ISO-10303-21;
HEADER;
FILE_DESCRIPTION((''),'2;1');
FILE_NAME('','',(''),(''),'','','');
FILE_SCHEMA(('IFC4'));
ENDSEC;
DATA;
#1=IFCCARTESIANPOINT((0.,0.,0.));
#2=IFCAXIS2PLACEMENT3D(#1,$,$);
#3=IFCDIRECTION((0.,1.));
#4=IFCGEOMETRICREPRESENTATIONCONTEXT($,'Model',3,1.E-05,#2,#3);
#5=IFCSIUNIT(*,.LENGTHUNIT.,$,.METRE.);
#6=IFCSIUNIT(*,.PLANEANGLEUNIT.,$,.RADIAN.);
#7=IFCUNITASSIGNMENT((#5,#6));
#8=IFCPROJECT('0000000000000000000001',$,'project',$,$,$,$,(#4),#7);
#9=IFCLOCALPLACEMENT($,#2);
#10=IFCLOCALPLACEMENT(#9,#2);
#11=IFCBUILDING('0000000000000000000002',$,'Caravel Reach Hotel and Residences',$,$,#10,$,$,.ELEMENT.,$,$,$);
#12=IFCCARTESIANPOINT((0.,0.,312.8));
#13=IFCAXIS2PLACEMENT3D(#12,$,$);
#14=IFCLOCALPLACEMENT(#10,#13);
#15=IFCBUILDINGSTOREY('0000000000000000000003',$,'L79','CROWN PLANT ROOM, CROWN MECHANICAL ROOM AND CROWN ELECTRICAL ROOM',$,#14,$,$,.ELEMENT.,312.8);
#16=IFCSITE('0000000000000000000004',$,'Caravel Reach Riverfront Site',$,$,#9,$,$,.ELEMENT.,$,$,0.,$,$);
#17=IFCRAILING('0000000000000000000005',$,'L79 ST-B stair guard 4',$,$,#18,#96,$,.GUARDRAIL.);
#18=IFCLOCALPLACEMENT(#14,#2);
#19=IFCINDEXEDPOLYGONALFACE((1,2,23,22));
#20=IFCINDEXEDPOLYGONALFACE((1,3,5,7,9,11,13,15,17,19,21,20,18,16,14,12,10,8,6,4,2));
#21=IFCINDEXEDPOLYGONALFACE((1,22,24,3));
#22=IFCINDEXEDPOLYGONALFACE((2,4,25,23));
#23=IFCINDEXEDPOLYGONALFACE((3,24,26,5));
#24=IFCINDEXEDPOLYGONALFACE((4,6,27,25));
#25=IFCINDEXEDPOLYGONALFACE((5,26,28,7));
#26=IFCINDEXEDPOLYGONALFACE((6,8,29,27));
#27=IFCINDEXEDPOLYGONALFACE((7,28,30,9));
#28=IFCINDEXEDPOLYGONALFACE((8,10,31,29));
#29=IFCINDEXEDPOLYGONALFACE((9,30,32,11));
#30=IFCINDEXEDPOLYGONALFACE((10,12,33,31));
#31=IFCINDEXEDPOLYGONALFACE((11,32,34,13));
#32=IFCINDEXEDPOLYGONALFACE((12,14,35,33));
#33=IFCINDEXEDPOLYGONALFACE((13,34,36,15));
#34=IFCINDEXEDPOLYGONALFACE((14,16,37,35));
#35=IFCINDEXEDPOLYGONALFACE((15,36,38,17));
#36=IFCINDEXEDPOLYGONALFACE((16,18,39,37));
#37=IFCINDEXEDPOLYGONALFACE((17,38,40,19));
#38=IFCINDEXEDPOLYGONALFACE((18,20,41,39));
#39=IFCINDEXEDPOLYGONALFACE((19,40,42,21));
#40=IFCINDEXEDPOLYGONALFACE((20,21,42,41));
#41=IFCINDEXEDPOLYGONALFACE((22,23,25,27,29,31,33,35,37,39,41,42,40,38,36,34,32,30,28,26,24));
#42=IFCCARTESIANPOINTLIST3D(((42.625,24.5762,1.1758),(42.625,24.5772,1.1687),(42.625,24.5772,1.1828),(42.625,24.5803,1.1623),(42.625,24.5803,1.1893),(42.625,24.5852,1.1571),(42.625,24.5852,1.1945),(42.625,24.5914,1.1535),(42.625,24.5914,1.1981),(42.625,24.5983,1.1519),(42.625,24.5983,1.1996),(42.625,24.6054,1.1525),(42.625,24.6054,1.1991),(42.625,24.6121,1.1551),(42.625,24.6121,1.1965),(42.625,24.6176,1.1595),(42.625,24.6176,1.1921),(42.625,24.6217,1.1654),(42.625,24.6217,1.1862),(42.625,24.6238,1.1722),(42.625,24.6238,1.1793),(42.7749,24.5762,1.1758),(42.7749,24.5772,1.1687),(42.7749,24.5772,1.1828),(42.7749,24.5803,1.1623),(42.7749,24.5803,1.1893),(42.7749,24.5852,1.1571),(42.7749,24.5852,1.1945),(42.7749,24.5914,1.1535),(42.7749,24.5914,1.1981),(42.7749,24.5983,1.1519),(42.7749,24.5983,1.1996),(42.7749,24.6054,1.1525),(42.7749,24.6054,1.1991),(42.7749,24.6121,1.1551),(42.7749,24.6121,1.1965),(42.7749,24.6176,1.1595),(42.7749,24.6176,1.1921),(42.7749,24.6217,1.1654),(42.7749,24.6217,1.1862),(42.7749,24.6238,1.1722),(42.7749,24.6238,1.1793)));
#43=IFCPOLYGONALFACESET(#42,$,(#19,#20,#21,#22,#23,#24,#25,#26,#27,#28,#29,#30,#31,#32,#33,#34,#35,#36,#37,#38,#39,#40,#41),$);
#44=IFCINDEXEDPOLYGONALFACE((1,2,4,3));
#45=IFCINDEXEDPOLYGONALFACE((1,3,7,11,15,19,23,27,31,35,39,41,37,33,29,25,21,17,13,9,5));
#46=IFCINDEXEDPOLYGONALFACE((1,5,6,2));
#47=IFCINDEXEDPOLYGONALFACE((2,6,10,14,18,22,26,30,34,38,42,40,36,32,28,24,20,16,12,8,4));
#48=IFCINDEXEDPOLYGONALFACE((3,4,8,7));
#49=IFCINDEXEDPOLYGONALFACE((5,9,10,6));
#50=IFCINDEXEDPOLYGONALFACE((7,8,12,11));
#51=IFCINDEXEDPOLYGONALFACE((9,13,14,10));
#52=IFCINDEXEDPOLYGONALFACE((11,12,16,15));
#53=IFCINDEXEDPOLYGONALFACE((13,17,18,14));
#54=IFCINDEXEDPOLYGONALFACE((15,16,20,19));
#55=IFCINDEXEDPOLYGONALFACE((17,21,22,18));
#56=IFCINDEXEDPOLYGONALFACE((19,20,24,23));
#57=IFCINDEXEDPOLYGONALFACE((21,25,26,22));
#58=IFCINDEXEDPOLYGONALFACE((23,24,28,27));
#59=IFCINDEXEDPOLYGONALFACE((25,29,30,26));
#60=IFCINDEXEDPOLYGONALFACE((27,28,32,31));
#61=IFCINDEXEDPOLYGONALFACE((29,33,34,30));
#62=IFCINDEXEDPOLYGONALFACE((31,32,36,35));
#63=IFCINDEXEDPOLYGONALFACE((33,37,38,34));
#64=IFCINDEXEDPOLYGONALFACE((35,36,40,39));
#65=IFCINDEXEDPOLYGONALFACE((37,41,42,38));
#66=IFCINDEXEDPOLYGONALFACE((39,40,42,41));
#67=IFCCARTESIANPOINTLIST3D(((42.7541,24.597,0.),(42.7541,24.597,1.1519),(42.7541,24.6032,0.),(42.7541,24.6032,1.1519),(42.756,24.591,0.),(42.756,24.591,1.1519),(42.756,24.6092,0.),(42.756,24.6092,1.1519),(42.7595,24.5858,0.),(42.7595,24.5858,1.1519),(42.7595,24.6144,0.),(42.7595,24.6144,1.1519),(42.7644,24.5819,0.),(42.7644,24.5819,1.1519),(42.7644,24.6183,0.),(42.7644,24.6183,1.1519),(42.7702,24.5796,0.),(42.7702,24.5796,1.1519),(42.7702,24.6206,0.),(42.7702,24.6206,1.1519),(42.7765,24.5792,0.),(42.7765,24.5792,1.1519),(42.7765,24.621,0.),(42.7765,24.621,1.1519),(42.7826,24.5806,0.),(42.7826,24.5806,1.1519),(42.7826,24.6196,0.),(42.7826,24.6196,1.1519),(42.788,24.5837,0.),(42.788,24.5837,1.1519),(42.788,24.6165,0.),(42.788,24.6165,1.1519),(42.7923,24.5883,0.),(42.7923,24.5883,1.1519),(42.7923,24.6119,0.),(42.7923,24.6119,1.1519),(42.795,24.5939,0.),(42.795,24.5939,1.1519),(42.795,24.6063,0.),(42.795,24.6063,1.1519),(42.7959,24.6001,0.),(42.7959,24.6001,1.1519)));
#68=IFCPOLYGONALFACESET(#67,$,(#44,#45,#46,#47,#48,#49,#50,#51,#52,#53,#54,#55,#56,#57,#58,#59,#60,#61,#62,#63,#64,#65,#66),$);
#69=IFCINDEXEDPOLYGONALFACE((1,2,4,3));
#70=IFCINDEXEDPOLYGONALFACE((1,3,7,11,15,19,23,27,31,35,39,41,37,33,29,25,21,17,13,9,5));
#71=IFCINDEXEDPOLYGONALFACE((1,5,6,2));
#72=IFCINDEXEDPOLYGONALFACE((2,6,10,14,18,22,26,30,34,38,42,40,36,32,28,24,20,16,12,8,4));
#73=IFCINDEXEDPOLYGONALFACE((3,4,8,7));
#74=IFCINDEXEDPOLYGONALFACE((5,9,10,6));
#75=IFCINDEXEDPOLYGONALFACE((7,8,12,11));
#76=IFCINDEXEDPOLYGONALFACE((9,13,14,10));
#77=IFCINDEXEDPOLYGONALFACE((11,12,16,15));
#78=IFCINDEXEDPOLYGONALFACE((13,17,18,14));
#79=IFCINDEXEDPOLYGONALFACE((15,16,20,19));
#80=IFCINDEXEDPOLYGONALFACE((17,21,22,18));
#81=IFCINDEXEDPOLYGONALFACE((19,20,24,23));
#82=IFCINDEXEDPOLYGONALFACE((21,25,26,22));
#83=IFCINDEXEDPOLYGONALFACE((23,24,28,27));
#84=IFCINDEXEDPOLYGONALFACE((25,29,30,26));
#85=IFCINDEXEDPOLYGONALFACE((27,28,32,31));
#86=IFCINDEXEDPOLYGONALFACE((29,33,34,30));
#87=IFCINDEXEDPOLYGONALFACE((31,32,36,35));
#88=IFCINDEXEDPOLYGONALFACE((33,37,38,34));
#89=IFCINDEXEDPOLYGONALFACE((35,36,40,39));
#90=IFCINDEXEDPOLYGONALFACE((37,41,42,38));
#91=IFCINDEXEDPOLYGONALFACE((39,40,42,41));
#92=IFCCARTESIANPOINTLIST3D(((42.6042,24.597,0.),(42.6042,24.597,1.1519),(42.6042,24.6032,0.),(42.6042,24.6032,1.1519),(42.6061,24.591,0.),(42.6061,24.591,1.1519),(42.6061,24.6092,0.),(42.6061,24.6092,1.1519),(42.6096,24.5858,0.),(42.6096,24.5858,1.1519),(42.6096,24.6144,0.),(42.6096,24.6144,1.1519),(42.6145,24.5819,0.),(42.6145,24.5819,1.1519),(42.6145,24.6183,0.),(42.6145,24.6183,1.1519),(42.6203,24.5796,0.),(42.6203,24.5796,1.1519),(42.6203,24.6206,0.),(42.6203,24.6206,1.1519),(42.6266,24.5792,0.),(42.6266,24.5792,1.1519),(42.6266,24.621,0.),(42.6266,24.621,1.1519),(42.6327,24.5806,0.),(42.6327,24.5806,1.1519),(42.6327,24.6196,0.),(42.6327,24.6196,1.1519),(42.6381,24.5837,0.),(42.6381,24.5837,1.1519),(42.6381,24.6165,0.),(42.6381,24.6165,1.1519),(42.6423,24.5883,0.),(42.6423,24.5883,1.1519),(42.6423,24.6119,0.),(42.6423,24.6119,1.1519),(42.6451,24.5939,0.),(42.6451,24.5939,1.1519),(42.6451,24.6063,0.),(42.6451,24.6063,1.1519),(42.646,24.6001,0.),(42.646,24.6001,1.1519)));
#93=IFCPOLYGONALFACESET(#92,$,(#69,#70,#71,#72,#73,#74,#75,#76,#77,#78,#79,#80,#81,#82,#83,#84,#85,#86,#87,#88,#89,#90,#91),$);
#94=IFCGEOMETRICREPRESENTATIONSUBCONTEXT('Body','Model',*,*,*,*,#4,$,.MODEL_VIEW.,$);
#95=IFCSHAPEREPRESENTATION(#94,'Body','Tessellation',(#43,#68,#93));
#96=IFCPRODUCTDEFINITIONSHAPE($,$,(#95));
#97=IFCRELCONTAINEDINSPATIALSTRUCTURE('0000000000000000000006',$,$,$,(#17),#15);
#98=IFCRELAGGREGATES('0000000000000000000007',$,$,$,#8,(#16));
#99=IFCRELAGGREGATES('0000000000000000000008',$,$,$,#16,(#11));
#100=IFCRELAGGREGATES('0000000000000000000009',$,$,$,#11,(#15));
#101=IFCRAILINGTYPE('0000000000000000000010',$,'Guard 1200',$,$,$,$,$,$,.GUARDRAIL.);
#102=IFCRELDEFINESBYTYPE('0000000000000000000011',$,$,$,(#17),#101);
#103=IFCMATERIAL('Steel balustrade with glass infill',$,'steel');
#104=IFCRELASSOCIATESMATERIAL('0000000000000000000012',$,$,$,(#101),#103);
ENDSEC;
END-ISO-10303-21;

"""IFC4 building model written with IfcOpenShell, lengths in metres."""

from ifc_helpers import new_model, si_unit, direction, frame, origin, origin_2d, place, context, subcontext, project, spatial, circle, extrude, material, type_object, element, save


model = new_model("IFC4")

# Units and contexts
model_context = context("Model", 3, precision=1e-05, world=origin(), true_north=direction((0.0, 1.0)))
body_context = subcontext(model_context, "Body", "Model", "MODEL_VIEW")
ifc_project = project(units=[si_unit("LENGTHUNIT", "METRE"), si_unit("PLANEANGLEUNIT", "RADIAN")], contexts=[model_context])

# Site, building, storey
site_placement = place(None, origin())
site = spatial("IfcSite", under=ifc_project, at=site_placement, Name="Caravel Reach Riverfront Site", CompositionType="ELEMENT", RefElevation=0.0)
building_placement = place(site_placement, origin())
building = spatial("IfcBuilding", under=site, at=building_placement, Name="Caravel Reach Hotel and Residences", CompositionType="ELEMENT")
storey_placement = place(building_placement, frame((0.0, 0.0, 312.8)))
storey = spatial("IfcBuildingStorey", under=building, at=storey_placement, Name="L79", Description="CROWN PLANT ROOM, CROWN MECHANICAL ROOM AND CROWN ELECTRICAL ROOM", CompositionType="ELEMENT", Elevation=312.8)

# Railing
ifc_material_1 = material(Name="Steel balustrade with glass infill", Category="steel")
railing_type = type_object("IfcRailingType", Name="Guard 1200", PredefinedType="GUARDRAIL", material=ifc_material_1)
railing_placement = place(storey_placement, frame((42.7749, 24.6001, 0.0)))
element("IfcRailing", 1, at=railing_placement, inside=storey, type_object=railing_type, Name="L79 ST-B stair guard 4", PredefinedType="GUARDRAIL", context=body_context, shape_type="SweptSolid", body=[
    extrude(circle(Radius=0.0239, at=origin_2d()), frame((0.0, 0.0, 1.1758), z_axis=(-1.0, 0.0, 0.0), x_axis=(0.0, -1.0, 0.0)), (0.0, 0.0, 1.0), 0.1499),
    extrude(circle(Radius=0.021, at=origin_2d()), origin(), (0.0, 0.0, 1.0), 1.1519),
    extrude(circle(Radius=0.021, at=origin_2d()), frame((-0.1499, 0.0, 0.0)), (0.0, 0.0, 1.0), 1.1519),
])

save(model, "model.ifc")
